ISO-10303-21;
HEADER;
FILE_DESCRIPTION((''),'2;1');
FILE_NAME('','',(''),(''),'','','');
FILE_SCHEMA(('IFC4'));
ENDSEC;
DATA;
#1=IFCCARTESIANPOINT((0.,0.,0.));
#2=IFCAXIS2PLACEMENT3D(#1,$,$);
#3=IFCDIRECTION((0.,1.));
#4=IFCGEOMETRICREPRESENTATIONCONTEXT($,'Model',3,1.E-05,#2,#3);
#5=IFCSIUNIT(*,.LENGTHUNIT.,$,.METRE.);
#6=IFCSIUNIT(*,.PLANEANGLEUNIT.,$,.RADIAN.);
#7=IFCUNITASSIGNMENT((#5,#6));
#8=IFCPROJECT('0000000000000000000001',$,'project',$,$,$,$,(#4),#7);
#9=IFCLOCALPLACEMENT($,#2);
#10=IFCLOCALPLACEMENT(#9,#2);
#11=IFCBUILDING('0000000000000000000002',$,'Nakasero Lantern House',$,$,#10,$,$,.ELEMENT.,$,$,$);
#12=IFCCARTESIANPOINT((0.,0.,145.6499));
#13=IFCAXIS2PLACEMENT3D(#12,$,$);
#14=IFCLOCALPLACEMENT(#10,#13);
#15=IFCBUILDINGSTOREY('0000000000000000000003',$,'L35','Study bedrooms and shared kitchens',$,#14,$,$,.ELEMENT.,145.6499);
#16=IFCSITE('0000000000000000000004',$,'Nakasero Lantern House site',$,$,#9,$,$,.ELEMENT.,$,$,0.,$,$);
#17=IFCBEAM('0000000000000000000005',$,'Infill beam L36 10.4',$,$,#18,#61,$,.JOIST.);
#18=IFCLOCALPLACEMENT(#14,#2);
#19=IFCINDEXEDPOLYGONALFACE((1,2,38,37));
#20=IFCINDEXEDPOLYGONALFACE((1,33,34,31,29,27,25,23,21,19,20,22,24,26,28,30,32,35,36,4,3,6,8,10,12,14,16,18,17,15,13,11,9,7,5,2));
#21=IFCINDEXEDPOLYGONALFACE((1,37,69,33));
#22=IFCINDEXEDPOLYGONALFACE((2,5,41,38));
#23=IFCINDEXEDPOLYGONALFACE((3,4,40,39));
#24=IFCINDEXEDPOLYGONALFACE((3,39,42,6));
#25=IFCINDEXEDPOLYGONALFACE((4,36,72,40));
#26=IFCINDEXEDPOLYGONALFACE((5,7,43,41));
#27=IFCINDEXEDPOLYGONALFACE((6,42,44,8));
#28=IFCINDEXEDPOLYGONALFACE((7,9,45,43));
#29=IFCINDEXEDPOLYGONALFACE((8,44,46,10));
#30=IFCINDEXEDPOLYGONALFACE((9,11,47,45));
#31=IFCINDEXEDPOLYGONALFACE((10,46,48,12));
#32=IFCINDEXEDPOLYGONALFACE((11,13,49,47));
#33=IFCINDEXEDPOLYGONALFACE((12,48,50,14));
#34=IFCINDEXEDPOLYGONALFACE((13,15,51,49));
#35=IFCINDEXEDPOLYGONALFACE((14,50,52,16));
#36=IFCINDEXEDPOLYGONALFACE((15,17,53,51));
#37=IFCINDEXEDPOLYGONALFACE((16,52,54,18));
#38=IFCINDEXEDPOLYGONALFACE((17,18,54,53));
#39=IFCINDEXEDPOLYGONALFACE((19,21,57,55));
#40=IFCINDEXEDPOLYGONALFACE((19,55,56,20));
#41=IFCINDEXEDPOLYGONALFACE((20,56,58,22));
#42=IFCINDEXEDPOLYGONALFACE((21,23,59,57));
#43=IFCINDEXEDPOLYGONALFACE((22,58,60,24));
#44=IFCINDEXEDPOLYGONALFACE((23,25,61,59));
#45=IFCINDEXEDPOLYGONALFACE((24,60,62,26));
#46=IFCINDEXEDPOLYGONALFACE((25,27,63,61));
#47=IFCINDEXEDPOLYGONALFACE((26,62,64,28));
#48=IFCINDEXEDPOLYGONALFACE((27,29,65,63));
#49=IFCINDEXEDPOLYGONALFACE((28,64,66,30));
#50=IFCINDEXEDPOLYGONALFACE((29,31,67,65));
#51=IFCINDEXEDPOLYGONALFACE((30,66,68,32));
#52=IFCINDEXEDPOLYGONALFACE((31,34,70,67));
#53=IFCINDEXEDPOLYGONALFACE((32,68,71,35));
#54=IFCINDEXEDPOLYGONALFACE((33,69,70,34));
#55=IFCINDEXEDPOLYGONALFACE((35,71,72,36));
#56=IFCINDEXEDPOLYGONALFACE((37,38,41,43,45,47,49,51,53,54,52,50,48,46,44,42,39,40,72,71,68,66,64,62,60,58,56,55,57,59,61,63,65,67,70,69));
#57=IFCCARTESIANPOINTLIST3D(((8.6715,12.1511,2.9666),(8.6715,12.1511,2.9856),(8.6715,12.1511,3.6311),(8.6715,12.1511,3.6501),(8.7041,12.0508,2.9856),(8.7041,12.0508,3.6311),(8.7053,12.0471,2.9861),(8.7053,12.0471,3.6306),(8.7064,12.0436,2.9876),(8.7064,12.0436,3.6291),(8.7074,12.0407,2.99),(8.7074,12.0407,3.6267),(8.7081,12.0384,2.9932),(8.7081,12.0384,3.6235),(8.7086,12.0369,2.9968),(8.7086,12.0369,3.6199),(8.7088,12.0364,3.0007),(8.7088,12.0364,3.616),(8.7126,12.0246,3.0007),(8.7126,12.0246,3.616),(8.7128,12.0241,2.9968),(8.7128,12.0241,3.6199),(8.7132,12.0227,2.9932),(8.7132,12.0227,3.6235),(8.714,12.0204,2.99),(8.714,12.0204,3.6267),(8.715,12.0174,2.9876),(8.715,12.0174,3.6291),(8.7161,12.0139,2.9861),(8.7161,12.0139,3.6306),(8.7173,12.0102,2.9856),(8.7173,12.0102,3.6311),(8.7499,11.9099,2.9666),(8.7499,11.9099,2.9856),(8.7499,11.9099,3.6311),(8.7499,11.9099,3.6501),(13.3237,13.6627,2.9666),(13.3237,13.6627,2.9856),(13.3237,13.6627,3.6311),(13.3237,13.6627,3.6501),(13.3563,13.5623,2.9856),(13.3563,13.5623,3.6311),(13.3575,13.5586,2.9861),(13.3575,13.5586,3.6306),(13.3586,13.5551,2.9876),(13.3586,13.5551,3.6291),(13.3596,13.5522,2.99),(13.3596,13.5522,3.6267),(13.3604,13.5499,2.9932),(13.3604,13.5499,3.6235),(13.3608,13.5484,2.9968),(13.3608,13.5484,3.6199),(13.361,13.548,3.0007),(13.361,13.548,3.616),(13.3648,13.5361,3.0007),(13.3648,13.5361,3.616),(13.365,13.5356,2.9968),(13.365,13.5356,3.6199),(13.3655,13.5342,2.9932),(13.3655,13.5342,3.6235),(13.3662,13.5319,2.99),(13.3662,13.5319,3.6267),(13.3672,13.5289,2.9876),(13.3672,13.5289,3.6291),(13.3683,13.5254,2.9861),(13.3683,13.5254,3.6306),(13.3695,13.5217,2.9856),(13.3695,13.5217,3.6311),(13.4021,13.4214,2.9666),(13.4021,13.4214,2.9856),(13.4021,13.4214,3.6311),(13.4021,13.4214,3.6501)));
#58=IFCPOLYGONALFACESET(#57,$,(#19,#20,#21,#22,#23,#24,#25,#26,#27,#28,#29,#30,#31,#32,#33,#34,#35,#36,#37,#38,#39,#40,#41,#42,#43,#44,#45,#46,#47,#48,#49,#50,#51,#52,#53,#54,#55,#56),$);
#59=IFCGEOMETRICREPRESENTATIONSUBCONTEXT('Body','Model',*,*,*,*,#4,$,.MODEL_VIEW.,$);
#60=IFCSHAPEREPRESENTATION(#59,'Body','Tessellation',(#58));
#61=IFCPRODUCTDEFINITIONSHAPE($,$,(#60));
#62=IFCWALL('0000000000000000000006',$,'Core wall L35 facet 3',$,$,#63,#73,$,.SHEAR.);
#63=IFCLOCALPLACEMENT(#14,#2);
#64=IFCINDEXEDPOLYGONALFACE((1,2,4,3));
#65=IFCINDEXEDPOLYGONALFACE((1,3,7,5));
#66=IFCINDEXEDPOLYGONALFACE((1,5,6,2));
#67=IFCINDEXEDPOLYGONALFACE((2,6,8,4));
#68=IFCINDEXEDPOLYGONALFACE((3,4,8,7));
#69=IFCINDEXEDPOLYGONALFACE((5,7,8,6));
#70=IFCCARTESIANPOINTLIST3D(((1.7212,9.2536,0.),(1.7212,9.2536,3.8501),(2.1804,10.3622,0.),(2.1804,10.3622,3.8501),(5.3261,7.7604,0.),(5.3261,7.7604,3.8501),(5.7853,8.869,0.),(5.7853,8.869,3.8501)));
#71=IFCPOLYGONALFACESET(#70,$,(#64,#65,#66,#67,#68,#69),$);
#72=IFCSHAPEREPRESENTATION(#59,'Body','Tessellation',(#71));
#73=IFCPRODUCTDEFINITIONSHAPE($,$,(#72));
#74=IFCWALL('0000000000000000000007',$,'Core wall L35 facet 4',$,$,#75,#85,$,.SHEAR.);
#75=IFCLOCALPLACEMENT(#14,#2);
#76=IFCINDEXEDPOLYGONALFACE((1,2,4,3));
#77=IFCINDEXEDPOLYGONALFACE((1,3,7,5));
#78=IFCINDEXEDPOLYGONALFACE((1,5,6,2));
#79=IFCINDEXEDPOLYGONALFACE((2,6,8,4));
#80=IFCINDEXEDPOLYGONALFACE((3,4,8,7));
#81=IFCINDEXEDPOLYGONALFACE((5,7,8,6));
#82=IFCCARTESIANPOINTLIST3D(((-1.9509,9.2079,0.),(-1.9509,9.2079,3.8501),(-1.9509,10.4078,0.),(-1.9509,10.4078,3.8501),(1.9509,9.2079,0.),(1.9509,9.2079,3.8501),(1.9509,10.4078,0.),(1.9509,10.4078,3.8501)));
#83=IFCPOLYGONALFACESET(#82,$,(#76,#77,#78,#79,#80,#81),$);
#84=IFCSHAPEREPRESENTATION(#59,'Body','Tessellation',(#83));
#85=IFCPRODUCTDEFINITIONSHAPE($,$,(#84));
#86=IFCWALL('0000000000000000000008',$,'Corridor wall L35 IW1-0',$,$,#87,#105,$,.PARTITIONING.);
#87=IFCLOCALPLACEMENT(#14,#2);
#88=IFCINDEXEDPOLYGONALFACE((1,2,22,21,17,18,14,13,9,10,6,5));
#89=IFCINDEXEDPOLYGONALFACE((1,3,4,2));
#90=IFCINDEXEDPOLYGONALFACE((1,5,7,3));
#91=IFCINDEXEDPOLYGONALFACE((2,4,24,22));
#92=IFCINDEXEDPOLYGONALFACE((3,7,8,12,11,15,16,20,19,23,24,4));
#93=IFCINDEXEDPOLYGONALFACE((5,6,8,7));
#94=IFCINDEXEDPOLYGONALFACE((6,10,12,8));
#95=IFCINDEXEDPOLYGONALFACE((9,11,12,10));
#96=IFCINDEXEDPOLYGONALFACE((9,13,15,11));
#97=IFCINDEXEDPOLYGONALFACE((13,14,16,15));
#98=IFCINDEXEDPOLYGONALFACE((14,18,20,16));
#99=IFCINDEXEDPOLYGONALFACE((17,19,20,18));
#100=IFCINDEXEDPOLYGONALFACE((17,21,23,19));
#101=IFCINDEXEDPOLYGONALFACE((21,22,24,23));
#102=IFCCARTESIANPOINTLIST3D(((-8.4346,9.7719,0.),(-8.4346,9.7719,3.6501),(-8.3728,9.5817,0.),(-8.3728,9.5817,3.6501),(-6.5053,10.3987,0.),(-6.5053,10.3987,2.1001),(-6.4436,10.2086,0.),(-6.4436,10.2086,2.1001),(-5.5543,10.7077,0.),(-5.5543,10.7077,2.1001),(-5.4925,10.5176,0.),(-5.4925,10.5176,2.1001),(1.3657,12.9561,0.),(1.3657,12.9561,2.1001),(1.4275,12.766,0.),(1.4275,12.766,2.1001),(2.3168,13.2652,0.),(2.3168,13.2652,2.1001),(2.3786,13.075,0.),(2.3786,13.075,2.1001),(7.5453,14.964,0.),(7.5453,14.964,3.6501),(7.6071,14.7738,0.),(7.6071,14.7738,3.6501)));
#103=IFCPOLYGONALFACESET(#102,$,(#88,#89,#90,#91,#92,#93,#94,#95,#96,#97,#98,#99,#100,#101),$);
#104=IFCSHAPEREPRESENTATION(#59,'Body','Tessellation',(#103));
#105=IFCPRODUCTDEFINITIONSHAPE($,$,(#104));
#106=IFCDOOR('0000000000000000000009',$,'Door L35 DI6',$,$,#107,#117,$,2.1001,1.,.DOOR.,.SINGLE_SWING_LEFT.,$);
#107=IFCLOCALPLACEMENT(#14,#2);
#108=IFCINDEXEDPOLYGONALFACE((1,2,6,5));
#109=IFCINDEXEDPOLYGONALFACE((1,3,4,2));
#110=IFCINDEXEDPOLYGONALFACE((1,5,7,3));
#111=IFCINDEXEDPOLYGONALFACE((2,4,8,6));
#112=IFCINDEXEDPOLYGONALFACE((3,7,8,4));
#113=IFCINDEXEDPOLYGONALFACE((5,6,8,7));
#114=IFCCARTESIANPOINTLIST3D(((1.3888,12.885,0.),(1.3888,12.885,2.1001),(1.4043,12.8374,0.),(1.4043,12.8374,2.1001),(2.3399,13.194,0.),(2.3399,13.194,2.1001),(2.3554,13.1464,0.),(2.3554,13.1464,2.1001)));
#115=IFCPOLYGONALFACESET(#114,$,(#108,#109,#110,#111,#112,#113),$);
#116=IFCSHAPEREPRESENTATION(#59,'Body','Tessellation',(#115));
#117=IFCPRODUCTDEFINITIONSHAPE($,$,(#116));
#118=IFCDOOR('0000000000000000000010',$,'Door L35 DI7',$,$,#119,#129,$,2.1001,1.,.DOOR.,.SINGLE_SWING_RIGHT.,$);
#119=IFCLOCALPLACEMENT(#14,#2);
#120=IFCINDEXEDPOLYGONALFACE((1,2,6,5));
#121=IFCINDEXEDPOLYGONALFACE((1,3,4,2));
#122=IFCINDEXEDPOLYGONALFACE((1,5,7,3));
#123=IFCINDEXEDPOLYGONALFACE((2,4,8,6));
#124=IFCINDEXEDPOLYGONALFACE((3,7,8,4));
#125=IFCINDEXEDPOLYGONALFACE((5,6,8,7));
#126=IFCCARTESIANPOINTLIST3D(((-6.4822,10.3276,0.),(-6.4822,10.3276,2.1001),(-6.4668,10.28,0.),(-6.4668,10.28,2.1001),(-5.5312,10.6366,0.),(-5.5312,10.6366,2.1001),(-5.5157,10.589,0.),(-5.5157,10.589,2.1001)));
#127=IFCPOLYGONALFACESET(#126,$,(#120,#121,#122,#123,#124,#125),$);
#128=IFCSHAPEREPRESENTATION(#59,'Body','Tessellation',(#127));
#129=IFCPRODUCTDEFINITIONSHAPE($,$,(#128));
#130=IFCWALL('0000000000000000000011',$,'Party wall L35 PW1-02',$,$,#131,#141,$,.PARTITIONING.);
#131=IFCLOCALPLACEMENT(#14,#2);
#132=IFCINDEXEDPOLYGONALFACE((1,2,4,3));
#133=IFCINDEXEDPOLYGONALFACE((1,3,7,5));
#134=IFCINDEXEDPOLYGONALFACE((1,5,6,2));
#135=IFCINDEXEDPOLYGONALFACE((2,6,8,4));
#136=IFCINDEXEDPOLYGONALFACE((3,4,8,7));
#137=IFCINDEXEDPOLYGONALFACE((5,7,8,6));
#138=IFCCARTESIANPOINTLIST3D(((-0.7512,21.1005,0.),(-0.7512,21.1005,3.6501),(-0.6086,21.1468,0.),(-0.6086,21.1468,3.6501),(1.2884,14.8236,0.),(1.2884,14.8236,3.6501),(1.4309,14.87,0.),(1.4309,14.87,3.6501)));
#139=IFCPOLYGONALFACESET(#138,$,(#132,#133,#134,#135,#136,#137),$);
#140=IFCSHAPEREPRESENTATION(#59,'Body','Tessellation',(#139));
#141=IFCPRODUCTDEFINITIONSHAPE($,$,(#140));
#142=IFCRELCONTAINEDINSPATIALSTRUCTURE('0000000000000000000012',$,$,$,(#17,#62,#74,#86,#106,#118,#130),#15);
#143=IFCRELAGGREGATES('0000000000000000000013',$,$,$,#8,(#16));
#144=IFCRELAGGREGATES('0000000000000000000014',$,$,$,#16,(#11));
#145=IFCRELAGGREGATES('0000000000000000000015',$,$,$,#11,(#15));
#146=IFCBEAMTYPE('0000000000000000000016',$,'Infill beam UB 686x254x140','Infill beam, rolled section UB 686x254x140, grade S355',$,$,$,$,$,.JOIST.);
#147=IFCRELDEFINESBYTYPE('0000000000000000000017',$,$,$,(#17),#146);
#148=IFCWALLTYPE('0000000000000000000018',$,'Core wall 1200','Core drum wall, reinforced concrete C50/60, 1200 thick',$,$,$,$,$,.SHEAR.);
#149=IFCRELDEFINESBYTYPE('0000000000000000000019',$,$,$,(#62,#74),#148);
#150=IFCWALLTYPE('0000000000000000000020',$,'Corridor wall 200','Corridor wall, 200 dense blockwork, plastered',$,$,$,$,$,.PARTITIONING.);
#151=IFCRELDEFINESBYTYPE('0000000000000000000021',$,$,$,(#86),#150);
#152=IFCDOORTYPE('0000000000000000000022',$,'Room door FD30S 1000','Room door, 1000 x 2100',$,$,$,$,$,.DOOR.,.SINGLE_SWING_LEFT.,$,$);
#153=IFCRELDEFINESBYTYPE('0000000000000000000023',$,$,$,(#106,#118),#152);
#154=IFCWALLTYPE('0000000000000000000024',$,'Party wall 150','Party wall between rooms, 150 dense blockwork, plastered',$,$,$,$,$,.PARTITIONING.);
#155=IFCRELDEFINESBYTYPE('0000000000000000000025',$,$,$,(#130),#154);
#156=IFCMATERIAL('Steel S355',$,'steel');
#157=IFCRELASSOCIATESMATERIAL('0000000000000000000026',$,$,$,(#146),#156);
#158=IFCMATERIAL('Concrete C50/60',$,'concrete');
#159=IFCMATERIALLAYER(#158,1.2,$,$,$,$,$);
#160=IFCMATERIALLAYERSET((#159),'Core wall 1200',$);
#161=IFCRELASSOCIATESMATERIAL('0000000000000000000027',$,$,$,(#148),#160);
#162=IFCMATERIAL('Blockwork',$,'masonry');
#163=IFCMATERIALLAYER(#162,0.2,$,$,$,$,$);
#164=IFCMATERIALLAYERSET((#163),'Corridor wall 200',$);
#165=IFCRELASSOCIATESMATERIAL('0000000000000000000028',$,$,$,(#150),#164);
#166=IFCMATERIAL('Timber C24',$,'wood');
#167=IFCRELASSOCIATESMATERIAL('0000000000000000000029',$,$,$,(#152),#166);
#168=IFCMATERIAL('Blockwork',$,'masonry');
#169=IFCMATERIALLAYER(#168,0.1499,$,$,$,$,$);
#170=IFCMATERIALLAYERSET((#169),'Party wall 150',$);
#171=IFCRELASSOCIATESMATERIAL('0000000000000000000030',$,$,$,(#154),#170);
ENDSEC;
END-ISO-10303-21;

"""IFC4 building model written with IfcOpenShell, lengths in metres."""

from ifc_helpers import new_model, si_unit, direction, frame, frame_2d, origin, origin_2d, place, context, subcontext, project, spatial, rectangle, i_section, extrude, material, layer, layer_set, material_profile, profile_set, type_object, element, fill, save


model = new_model("IFC4")

# Units and contexts
model_context = context("Model", 3, precision=1e-05, world=origin(), true_north=direction((0.0, 1.0)))
body_context = subcontext(model_context, "Body", "Model", "MODEL_VIEW")
ifc_project = project(units=[si_unit("LENGTHUNIT", "METRE"), si_unit("PLANEANGLEUNIT", "RADIAN")], contexts=[model_context])

# Site, building, storey
site_placement = place(None, origin())
site = spatial("IfcSite", under=ifc_project, at=site_placement, Name="Nakasero Lantern House site", CompositionType="ELEMENT", RefElevation=0.0)
building_placement = place(site_placement, origin())
building = spatial("IfcBuilding", under=site, at=building_placement, Name="Nakasero Lantern House", CompositionType="ELEMENT")
storey_placement = place(building_placement, frame((0.0, 0.0, 145.6499)))
storey = spatial("IfcBuildingStorey", under=building, at=storey_placement, Name="L35", Description="Study bedrooms and shared kitchens", CompositionType="ELEMENT", Elevation=145.6499)

# Beam
ifc_material_1 = material(Name="Steel S355", Category="steel")
ifc_material_profile_1 = material_profile(ifc_material_1, i_section(OverallWidth=0.2537, OverallDepth=0.6836, WebThickness=0.0125, FlangeThickness=0.019, FilletRadius=0.0151, at=origin_2d()), Name="UB 686x254x140")
ifc_profile_set_1 = profile_set([ifc_material_profile_1], Name="Steel S355")
beam_type_1 = type_object("IfcBeamType", Name="Infill beam UB 686x254x140", Description="Infill beam, rolled section UB 686x254x140, grade S355", PredefinedType="JOIST", material=ifc_profile_set_1)
beam_1_placement = place(storey_placement, frame((8.7107, 12.0305, 3.3083), z_axis=(0.951062, 0.309001, 0.0), x_axis=(-0.309001, 0.951062, 0.0)))
element("IfcBeam", 1, at=beam_1_placement, inside=storey, type_object=beam_type_1, Name="Infill beam L36 10.4", PredefinedType="JOIST", context=body_context, shape_type="SweptSolid", body=[
    extrude(i_section(OverallWidth=0.2537, OverallDepth=0.6836, WebThickness=0.0125, FlangeThickness=0.019, FilletRadius=0.0151, at=origin_2d()), origin(), (0.0, 0.0, 1.0), 4.8916),
])

# Walls
ifc_material_2 = material(Name="Concrete C50/60", Category="concrete")
ifc_layer_1 = layer(ifc_material_2, 1.2)
ifc_layer_set_1 = layer_set([ifc_layer_1], Name="Core wall 1200")
wall_type_1 = type_object("IfcWallType", Name="Core wall 1200", Description="Core drum wall, reinforced concrete C50/60, 1200 thick", PredefinedType="SHEAR", material=ifc_layer_set_1)
for number, where, z_axis, x_axis, name in (
    (2, (5.5557, 8.3147, 0.0), (0.0, 0.0, 1.0), (-0.923877, 0.382691, 0.0), "Core wall L35 facet 3"),
    (3, (1.9509, 9.8079, 0.0), (0.0, 0.0, 1.0), (-1.0, 0.0, 0.0), "Core wall L35 facet 4"),
):
    element("IfcWall", number, at=place(storey_placement, frame(where, z_axis=z_axis, x_axis=x_axis)), inside=storey, type_object=wall_type_1, Name=name, PredefinedType="SHEAR", context=body_context, shape_type="SweptSolid", body=[
        extrude(rectangle(XDim=3.9019, YDim=1.2, at=frame_2d((1.9509, 0.0))), origin(), (0.0, 0.0, 1.0), 3.8501),
    ])

# Wall, openings, doors
ifc_material_3 = material(Name="Blockwork", Category="masonry")
ifc_layer_2 = layer(ifc_material_3, 0.2)
ifc_layer_set_2 = layer_set([ifc_layer_2], Name="Corridor wall 200")
wall_type_2 = type_object("IfcWallType", Name="Corridor wall 200", Description="Corridor wall, 200 dense blockwork, plastered", PredefinedType="PARTITIONING", material=ifc_layer_set_2)
wall_1_placement = place(storey_placement, frame((7.5762, 14.8689, 0.0), z_axis=(0.0, 0.0, 1.0), x_axis=(-0.951058, -0.309013, 0.0)))
wall_1 = element("IfcWall", 4, at=wall_1_placement, inside=storey, type_object=wall_type_2, Name="Corridor wall L35 IW1-0", PredefinedType="PARTITIONING", context=body_context, shape_type="SweptSolid", body=[
    extrude(rectangle(XDim=16.8022, YDim=0.2, at=frame_2d((8.4011, 0.0))), origin(), (0.0, 0.0, 1.0), 3.6501),
])
opening_1_placement = place(wall_1_placement, frame((5.4976, 0.0, 0.0)))
opening_1 = element("IfcOpeningElement", 5, at=opening_1_placement, cuts=wall_1, PredefinedType="OPENING", context=body_context, shape_type="SweptSolid", body=[
    extrude(rectangle(XDim=1.0, YDim=2.1001, at=frame_2d((0.5, 1.05))), frame((0.0, 0.1199, 0.0), z_axis=(0.0, -1.0, 0.0), x_axis=(1.0, 0.0, 0.0)), (0.0, 0.0, 1.0), 0.24),
])
opening_2_placement = place(wall_1_placement, frame((13.7737, 0.0, 0.0)))
opening_2 = element("IfcOpeningElement", 6, at=opening_2_placement, cuts=wall_1, PredefinedType="OPENING", context=body_context, shape_type="SweptSolid", body=[
    extrude(rectangle(XDim=1.0, YDim=2.1001, at=frame_2d((0.5, 1.05))), frame((0.0, 0.1199, 0.0), z_axis=(0.0, -1.0, 0.0), x_axis=(1.0, 0.0, 0.0)), (0.0, 0.0, 1.0), 0.24),
])
ifc_material_4 = material(Name="Timber C24", Category="wood")
door_type = type_object("IfcDoorType", Name="Room door FD30S 1000", Description="Room door, 1000 x 2100", OperationType="SINGLE_SWING_LEFT", PredefinedType="DOOR", material=ifc_material_4)
door_1_placement = place(opening_1_placement, origin())
door_1 = element("IfcDoor", 7, at=door_1_placement, inside=storey, type_object=door_type, Name="Door L35 DI6", OperationType="SINGLE_SWING_LEFT", OverallHeight=2.1001, OverallWidth=1.0, PredefinedType="DOOR", context=body_context, shape_type="SweptSolid", body=[
    extrude(rectangle(XDim=1.0, YDim=2.1001, at=frame_2d((0.5, 1.05))), frame((0.0, 0.0249, 0.0), z_axis=(0.0, -1.0, 0.0), x_axis=(1.0, 0.0, 0.0)), (0.0, 0.0, 1.0), 0.05),
])
fill(opening_1, door_1)
door_2_placement = place(opening_2_placement, origin())
door_2 = element("IfcDoor", 8, at=door_2_placement, inside=storey, type_object=door_type, Name="Door L35 DI7", OperationType="SINGLE_SWING_RIGHT", OverallHeight=2.1001, OverallWidth=1.0, PredefinedType="DOOR", context=body_context, shape_type="SweptSolid", body=[
    extrude(rectangle(XDim=1.0, YDim=2.1001, at=frame_2d((0.5, 1.05))), frame((0.0, 0.0249, 0.0), z_axis=(0.0, -1.0, 0.0), x_axis=(1.0, 0.0, 0.0)), (0.0, 0.0, 1.0), 0.05),
])
fill(opening_2, door_2)

# Wall
ifc_material_5 = material(Name="Blockwork", Category="masonry")
ifc_layer_3 = layer(ifc_material_5, 0.1499)
ifc_layer_set_3 = layer_set([ifc_layer_3], Name="Party wall 150")
wall_type_3 = type_object("IfcWallType", Name="Party wall 150", Description="Party wall between rooms, 150 dense blockwork, plastered", PredefinedType="PARTITIONING", material=ifc_layer_set_3)
wall_2_placement = place(storey_placement, frame((1.3596, 14.8469, 0.0), z_axis=(0.0, 0.0, 1.0), x_axis=(-0.309028, 0.951053, 0.0)))
element("IfcWall", 9, at=wall_2_placement, inside=storey, type_object=wall_type_3, Name="Party wall L35 PW1-02", PredefinedType="PARTITIONING", context=body_context, shape_type="SweptSolid", body=[
    extrude(rectangle(XDim=6.5999, YDim=0.1499, at=frame_2d((3.2998, 0.0))), origin(), (0.0, 0.0, 1.0), 3.6501),
])

save(model, "model.ifc")
